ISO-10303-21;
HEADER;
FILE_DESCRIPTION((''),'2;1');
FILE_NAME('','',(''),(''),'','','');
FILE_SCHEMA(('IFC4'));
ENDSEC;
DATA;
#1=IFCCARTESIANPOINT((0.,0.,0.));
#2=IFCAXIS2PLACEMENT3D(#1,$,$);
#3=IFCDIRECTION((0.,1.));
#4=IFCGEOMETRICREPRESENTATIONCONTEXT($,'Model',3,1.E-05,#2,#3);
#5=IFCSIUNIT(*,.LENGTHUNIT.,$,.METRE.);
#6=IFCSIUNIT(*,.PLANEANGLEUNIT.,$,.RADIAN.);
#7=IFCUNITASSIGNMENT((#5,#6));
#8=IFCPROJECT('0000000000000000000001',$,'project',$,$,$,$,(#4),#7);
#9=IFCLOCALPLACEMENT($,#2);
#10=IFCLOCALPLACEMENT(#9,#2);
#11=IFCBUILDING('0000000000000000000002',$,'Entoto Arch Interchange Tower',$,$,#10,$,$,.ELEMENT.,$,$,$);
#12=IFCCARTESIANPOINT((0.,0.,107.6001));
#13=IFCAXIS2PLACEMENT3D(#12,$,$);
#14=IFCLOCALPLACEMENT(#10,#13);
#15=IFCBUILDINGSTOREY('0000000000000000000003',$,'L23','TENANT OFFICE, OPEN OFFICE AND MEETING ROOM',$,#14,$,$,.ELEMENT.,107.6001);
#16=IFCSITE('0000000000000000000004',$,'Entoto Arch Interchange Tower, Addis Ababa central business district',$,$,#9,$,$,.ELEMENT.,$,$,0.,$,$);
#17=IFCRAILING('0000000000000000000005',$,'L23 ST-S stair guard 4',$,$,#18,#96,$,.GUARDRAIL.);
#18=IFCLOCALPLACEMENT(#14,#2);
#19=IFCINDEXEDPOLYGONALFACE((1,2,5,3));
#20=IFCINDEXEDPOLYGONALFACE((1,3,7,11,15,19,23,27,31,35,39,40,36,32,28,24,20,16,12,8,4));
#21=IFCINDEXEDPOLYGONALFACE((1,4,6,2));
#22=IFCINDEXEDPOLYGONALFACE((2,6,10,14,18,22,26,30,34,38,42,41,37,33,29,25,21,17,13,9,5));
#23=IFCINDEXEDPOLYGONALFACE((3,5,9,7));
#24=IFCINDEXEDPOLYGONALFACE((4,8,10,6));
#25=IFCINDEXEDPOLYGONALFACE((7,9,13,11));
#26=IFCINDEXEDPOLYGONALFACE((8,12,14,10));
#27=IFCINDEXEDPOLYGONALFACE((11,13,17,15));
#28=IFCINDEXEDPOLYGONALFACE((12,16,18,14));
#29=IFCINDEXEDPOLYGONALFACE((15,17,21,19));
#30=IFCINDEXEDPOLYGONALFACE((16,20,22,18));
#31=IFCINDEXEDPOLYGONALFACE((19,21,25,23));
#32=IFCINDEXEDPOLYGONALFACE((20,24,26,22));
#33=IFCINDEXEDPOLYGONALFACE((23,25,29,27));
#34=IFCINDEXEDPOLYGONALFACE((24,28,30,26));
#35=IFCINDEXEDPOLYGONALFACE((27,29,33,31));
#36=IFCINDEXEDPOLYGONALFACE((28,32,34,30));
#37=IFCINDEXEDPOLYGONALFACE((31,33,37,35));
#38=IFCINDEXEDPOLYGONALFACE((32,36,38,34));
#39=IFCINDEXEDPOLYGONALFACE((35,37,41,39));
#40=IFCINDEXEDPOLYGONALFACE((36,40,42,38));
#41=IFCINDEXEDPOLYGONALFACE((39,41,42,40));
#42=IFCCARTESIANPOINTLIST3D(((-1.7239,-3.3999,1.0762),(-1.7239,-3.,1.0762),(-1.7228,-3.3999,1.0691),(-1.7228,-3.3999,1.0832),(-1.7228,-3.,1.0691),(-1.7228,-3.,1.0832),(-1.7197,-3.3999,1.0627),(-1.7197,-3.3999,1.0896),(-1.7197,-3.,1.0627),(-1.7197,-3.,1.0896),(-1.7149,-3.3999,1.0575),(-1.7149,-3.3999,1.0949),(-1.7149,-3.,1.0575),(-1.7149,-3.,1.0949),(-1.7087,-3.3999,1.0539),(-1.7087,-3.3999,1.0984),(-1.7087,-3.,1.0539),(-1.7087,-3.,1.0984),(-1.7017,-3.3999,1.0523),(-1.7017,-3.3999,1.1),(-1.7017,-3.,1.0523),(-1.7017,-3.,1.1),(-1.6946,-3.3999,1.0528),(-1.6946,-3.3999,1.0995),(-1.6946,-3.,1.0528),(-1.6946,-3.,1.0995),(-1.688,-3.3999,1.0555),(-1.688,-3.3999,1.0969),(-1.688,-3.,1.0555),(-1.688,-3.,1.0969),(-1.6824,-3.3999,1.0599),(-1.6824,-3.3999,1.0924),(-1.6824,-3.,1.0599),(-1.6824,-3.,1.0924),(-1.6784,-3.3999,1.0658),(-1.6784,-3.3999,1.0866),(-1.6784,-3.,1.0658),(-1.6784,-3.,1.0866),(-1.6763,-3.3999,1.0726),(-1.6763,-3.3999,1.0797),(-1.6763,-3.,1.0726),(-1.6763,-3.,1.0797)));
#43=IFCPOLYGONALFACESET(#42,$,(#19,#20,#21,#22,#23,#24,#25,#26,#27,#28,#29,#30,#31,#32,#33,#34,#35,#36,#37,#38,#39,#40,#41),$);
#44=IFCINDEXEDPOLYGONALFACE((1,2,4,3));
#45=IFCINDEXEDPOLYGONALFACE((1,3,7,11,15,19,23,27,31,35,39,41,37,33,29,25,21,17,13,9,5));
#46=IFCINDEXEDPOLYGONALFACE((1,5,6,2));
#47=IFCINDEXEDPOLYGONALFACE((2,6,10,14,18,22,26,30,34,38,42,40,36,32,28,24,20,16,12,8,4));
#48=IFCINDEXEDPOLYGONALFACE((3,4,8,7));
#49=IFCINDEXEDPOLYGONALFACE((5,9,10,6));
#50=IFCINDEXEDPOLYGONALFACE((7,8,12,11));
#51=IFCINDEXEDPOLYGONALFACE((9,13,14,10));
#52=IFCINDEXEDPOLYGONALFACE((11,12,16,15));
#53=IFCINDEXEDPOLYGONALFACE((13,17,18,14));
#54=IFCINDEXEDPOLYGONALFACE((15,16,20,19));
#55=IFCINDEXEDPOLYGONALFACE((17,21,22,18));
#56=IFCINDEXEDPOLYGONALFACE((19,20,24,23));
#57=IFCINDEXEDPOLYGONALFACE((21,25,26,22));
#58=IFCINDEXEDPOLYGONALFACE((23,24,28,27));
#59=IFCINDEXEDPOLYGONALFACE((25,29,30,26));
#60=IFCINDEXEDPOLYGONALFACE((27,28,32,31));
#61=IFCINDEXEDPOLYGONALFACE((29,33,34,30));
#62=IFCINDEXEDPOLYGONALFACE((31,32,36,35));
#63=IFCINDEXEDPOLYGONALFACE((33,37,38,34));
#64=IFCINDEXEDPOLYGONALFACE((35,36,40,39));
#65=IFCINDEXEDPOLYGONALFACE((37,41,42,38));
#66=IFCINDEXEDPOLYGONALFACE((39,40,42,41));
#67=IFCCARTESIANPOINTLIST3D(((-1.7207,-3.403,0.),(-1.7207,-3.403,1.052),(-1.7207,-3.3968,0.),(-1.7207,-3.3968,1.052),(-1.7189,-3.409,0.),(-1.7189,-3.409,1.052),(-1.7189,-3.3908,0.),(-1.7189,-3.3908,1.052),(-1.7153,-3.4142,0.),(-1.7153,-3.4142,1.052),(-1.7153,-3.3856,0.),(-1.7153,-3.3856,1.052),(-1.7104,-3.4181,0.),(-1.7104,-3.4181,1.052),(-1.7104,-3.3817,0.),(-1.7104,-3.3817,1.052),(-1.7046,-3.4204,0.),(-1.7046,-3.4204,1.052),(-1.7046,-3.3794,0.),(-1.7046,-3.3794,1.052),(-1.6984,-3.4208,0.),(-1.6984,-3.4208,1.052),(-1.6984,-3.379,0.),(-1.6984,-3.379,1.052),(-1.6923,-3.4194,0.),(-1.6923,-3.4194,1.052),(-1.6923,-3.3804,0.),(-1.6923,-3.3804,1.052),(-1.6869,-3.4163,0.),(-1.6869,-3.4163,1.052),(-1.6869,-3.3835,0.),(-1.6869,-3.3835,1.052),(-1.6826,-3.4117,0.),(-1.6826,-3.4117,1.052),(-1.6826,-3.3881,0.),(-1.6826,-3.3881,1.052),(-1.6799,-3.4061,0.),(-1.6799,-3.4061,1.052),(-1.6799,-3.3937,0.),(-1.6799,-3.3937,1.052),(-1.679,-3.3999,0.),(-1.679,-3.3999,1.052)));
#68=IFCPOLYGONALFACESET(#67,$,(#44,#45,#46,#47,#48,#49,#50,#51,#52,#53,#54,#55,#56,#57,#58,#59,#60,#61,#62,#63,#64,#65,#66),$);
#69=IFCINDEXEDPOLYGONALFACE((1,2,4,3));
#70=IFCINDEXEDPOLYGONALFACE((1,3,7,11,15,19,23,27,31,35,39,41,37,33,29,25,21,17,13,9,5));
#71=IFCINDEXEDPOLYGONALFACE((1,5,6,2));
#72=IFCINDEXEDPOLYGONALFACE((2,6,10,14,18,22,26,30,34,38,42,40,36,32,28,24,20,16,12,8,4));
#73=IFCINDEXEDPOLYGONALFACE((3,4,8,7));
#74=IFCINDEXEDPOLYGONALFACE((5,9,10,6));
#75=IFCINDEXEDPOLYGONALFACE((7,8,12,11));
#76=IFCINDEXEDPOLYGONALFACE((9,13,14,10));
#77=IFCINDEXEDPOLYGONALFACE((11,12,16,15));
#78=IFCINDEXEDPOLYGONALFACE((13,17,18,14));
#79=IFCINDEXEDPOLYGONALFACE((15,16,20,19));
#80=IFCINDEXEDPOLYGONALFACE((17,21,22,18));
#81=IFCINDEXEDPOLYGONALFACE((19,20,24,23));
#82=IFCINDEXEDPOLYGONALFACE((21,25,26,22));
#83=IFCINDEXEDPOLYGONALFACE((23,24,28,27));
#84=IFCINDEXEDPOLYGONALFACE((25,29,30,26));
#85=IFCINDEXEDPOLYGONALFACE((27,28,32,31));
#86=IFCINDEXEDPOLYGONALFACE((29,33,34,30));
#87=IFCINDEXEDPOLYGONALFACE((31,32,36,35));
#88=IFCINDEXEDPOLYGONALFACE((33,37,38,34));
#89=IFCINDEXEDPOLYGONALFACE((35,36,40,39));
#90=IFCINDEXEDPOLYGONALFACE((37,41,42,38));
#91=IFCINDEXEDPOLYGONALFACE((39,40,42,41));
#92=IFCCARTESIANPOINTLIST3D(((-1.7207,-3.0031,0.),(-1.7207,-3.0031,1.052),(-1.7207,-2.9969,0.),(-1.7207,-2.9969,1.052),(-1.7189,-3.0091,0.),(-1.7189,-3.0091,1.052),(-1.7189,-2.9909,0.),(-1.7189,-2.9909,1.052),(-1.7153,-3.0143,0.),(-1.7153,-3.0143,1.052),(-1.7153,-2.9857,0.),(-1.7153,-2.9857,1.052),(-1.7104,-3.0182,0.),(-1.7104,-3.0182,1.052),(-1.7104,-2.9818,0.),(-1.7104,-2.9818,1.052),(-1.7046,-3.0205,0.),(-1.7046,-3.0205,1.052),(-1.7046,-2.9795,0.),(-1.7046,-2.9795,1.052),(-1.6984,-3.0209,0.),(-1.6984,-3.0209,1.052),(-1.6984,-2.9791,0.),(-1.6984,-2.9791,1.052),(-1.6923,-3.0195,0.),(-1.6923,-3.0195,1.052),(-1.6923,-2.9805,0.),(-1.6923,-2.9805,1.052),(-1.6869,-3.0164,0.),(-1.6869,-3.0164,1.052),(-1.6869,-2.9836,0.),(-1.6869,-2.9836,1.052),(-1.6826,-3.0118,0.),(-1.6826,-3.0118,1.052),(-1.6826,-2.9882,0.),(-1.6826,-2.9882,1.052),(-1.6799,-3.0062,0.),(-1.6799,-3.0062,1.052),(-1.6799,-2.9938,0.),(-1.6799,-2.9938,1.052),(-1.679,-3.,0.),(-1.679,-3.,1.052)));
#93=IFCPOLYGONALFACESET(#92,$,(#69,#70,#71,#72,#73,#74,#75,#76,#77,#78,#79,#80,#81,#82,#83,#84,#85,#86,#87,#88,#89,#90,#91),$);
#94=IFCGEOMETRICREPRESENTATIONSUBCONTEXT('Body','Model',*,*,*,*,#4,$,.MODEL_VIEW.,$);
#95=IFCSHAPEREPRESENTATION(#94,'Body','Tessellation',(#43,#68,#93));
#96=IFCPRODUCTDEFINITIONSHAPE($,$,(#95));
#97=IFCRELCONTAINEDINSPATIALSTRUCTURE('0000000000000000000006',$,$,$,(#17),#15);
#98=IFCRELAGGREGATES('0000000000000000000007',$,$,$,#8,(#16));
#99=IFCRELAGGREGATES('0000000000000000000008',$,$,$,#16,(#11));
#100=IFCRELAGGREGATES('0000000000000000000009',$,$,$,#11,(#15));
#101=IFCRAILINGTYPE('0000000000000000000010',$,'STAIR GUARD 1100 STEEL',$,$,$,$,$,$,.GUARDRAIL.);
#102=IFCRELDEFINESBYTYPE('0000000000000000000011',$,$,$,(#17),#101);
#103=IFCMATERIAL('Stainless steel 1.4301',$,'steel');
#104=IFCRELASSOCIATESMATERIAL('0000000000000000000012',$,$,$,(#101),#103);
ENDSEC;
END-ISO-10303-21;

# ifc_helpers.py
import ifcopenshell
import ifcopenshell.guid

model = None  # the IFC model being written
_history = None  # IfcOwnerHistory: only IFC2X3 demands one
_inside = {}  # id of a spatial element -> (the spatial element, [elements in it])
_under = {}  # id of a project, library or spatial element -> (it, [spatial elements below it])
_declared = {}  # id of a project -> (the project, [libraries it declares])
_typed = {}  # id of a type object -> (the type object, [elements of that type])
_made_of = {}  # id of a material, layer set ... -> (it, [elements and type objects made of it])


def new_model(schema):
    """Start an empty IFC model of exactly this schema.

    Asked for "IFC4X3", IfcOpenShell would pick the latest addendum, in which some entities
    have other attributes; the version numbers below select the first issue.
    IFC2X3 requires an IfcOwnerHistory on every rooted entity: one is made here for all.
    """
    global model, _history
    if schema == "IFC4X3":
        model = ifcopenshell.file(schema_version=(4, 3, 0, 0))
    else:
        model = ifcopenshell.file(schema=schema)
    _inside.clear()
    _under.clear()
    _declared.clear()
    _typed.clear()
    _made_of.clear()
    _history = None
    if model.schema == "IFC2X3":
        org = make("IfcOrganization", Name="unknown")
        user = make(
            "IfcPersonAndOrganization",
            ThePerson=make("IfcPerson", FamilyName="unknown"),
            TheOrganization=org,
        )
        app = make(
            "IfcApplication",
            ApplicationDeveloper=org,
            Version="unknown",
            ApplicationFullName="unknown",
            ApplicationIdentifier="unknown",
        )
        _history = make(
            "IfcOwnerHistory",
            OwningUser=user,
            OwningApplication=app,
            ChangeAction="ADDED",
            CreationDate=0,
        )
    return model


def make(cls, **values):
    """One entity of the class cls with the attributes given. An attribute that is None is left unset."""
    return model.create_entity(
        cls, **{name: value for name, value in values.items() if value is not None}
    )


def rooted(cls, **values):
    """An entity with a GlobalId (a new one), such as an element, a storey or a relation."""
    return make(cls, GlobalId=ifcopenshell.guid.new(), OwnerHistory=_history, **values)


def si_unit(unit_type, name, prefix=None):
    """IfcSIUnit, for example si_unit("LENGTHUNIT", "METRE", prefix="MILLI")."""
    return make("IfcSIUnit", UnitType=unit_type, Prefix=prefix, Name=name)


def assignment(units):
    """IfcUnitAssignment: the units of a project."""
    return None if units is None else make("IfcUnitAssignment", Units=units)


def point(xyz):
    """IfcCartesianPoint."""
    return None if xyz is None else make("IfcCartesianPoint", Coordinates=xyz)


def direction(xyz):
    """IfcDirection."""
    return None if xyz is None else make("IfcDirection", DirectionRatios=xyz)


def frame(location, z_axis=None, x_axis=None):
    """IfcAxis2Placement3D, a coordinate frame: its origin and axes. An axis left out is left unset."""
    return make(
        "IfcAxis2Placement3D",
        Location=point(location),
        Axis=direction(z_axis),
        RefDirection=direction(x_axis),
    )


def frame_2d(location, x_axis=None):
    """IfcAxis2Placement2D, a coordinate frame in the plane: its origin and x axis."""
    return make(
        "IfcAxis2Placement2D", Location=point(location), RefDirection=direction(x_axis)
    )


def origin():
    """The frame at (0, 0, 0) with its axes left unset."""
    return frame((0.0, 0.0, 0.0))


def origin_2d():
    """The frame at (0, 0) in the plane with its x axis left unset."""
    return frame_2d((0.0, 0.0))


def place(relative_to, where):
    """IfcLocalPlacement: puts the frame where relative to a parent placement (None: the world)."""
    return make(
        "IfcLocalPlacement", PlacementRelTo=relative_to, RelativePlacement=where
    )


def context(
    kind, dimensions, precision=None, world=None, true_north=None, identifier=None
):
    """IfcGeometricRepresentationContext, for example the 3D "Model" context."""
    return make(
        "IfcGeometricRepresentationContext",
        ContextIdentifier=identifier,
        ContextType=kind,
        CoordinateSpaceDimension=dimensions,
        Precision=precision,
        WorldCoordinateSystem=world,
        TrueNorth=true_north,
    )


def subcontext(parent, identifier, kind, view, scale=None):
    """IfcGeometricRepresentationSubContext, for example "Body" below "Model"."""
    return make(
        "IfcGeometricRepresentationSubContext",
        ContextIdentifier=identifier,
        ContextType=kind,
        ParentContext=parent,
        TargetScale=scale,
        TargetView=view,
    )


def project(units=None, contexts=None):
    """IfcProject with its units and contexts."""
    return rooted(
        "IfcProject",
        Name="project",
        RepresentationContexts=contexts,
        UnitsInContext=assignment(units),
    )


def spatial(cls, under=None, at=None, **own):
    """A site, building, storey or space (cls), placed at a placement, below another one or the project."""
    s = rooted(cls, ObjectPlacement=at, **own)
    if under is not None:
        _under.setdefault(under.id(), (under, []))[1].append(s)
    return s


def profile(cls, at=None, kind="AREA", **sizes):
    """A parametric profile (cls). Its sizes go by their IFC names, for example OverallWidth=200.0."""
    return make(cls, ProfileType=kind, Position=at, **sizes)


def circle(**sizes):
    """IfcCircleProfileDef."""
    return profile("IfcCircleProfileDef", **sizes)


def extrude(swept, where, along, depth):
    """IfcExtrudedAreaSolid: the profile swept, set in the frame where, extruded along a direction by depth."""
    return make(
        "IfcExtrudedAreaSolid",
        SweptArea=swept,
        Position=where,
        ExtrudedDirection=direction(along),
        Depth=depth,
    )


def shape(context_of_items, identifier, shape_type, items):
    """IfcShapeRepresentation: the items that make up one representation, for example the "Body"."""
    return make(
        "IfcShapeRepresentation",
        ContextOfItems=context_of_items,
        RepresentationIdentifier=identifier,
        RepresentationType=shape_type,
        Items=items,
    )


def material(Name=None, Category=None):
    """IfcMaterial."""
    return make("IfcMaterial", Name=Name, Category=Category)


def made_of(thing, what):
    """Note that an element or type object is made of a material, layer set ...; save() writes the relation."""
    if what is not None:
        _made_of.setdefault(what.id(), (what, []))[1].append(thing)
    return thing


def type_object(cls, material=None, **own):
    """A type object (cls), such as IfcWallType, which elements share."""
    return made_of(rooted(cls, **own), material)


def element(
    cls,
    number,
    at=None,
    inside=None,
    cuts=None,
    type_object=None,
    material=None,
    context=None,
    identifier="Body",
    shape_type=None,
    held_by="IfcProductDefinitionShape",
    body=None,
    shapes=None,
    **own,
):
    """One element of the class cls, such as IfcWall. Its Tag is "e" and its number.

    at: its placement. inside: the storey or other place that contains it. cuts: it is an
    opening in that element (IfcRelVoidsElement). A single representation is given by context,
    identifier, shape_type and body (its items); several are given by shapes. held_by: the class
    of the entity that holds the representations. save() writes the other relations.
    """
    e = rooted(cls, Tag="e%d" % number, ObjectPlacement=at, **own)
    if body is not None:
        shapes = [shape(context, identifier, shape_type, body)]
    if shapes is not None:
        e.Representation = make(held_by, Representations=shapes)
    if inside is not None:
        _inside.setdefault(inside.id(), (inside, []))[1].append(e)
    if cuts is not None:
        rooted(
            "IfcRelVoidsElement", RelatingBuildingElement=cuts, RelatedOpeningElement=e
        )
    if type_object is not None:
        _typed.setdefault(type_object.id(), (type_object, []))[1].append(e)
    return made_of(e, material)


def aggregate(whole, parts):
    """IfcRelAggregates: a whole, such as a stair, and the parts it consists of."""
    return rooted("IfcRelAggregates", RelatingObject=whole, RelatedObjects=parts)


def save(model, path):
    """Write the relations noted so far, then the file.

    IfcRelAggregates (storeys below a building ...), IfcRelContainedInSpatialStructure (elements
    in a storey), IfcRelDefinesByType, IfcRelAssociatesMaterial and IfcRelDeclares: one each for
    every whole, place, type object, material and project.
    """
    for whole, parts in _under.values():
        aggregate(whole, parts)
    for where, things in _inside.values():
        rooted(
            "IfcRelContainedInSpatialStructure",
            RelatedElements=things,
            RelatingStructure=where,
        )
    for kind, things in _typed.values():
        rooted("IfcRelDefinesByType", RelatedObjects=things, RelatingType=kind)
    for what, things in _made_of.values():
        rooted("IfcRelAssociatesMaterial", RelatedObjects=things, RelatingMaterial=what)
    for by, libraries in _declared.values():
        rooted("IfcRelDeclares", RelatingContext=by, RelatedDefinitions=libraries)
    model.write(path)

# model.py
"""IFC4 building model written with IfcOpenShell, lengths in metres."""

from ifc_helpers import new_model, si_unit, direction, frame, origin, origin_2d, place, context, subcontext, project, spatial, circle, extrude, material, type_object, element, save


model = new_model("IFC4")

# Units and contexts
model_context = context("Model", 3, precision=1e-05, world=origin(), true_north=direction((0.0, 1.0)))
body_context = subcontext(model_context, "Body", "Model", "MODEL_VIEW")
ifc_project = project(units=[si_unit("LENGTHUNIT", "METRE"), si_unit("PLANEANGLEUNIT", "RADIAN")], contexts=[model_context])

# Site, building, storey
site_placement = place(None, origin())
site = spatial("IfcSite", under=ifc_project, at=site_placement, Name="Entoto Arch Interchange Tower, Addis Ababa central business district", CompositionType="ELEMENT", RefElevation=0.0)
building_placement = place(site_placement, origin())
building = spatial("IfcBuilding", under=site, at=building_placement, Name="Entoto Arch Interchange Tower", CompositionType="ELEMENT")
storey_placement = place(building_placement, frame((0.0, 0.0, 107.6001)))
storey = spatial("IfcBuildingStorey", under=building, at=storey_placement, Name="L23", Description="TENANT OFFICE, OPEN OFFICE AND MEETING ROOM", CompositionType="ELEMENT", Elevation=107.6001)

# Railing
ifc_material_1 = material(Name="Stainless steel 1.4301", Category="steel")
railing_type_1 = type_object("IfcRailingType", Name="STAIR GUARD 1100 STEEL", PredefinedType="GUARDRAIL", material=ifc_material_1)
railing_1_placement = place(storey_placement, frame((-1.7, -3.3999, 0.0)))
element("IfcRailing", 1, at=railing_1_placement, inside=storey, type_object=railing_type_1, Name="L23 ST-S stair guard 4", PredefinedType="GUARDRAIL", context=body_context, shape_type="SweptSolid", body=[
    extrude(circle(Radius=0.0239, at=origin_2d()), frame((0.0, 0.0, 1.0762), z_axis=(0.0, 1.0, 0.0), x_axis=(-1.0, 0.0, 0.0)), (0.0, 0.0, 1.0), 0.3999),
    extrude(circle(Radius=0.021, at=origin_2d()), origin(), (0.0, 0.0, 1.0), 1.052),
    extrude(circle(Radius=0.021, at=origin_2d()), frame((0.0, 0.3999, 0.0)), (0.0, 0.0, 1.0), 1.052),
])

save(model, "model.ifc")
